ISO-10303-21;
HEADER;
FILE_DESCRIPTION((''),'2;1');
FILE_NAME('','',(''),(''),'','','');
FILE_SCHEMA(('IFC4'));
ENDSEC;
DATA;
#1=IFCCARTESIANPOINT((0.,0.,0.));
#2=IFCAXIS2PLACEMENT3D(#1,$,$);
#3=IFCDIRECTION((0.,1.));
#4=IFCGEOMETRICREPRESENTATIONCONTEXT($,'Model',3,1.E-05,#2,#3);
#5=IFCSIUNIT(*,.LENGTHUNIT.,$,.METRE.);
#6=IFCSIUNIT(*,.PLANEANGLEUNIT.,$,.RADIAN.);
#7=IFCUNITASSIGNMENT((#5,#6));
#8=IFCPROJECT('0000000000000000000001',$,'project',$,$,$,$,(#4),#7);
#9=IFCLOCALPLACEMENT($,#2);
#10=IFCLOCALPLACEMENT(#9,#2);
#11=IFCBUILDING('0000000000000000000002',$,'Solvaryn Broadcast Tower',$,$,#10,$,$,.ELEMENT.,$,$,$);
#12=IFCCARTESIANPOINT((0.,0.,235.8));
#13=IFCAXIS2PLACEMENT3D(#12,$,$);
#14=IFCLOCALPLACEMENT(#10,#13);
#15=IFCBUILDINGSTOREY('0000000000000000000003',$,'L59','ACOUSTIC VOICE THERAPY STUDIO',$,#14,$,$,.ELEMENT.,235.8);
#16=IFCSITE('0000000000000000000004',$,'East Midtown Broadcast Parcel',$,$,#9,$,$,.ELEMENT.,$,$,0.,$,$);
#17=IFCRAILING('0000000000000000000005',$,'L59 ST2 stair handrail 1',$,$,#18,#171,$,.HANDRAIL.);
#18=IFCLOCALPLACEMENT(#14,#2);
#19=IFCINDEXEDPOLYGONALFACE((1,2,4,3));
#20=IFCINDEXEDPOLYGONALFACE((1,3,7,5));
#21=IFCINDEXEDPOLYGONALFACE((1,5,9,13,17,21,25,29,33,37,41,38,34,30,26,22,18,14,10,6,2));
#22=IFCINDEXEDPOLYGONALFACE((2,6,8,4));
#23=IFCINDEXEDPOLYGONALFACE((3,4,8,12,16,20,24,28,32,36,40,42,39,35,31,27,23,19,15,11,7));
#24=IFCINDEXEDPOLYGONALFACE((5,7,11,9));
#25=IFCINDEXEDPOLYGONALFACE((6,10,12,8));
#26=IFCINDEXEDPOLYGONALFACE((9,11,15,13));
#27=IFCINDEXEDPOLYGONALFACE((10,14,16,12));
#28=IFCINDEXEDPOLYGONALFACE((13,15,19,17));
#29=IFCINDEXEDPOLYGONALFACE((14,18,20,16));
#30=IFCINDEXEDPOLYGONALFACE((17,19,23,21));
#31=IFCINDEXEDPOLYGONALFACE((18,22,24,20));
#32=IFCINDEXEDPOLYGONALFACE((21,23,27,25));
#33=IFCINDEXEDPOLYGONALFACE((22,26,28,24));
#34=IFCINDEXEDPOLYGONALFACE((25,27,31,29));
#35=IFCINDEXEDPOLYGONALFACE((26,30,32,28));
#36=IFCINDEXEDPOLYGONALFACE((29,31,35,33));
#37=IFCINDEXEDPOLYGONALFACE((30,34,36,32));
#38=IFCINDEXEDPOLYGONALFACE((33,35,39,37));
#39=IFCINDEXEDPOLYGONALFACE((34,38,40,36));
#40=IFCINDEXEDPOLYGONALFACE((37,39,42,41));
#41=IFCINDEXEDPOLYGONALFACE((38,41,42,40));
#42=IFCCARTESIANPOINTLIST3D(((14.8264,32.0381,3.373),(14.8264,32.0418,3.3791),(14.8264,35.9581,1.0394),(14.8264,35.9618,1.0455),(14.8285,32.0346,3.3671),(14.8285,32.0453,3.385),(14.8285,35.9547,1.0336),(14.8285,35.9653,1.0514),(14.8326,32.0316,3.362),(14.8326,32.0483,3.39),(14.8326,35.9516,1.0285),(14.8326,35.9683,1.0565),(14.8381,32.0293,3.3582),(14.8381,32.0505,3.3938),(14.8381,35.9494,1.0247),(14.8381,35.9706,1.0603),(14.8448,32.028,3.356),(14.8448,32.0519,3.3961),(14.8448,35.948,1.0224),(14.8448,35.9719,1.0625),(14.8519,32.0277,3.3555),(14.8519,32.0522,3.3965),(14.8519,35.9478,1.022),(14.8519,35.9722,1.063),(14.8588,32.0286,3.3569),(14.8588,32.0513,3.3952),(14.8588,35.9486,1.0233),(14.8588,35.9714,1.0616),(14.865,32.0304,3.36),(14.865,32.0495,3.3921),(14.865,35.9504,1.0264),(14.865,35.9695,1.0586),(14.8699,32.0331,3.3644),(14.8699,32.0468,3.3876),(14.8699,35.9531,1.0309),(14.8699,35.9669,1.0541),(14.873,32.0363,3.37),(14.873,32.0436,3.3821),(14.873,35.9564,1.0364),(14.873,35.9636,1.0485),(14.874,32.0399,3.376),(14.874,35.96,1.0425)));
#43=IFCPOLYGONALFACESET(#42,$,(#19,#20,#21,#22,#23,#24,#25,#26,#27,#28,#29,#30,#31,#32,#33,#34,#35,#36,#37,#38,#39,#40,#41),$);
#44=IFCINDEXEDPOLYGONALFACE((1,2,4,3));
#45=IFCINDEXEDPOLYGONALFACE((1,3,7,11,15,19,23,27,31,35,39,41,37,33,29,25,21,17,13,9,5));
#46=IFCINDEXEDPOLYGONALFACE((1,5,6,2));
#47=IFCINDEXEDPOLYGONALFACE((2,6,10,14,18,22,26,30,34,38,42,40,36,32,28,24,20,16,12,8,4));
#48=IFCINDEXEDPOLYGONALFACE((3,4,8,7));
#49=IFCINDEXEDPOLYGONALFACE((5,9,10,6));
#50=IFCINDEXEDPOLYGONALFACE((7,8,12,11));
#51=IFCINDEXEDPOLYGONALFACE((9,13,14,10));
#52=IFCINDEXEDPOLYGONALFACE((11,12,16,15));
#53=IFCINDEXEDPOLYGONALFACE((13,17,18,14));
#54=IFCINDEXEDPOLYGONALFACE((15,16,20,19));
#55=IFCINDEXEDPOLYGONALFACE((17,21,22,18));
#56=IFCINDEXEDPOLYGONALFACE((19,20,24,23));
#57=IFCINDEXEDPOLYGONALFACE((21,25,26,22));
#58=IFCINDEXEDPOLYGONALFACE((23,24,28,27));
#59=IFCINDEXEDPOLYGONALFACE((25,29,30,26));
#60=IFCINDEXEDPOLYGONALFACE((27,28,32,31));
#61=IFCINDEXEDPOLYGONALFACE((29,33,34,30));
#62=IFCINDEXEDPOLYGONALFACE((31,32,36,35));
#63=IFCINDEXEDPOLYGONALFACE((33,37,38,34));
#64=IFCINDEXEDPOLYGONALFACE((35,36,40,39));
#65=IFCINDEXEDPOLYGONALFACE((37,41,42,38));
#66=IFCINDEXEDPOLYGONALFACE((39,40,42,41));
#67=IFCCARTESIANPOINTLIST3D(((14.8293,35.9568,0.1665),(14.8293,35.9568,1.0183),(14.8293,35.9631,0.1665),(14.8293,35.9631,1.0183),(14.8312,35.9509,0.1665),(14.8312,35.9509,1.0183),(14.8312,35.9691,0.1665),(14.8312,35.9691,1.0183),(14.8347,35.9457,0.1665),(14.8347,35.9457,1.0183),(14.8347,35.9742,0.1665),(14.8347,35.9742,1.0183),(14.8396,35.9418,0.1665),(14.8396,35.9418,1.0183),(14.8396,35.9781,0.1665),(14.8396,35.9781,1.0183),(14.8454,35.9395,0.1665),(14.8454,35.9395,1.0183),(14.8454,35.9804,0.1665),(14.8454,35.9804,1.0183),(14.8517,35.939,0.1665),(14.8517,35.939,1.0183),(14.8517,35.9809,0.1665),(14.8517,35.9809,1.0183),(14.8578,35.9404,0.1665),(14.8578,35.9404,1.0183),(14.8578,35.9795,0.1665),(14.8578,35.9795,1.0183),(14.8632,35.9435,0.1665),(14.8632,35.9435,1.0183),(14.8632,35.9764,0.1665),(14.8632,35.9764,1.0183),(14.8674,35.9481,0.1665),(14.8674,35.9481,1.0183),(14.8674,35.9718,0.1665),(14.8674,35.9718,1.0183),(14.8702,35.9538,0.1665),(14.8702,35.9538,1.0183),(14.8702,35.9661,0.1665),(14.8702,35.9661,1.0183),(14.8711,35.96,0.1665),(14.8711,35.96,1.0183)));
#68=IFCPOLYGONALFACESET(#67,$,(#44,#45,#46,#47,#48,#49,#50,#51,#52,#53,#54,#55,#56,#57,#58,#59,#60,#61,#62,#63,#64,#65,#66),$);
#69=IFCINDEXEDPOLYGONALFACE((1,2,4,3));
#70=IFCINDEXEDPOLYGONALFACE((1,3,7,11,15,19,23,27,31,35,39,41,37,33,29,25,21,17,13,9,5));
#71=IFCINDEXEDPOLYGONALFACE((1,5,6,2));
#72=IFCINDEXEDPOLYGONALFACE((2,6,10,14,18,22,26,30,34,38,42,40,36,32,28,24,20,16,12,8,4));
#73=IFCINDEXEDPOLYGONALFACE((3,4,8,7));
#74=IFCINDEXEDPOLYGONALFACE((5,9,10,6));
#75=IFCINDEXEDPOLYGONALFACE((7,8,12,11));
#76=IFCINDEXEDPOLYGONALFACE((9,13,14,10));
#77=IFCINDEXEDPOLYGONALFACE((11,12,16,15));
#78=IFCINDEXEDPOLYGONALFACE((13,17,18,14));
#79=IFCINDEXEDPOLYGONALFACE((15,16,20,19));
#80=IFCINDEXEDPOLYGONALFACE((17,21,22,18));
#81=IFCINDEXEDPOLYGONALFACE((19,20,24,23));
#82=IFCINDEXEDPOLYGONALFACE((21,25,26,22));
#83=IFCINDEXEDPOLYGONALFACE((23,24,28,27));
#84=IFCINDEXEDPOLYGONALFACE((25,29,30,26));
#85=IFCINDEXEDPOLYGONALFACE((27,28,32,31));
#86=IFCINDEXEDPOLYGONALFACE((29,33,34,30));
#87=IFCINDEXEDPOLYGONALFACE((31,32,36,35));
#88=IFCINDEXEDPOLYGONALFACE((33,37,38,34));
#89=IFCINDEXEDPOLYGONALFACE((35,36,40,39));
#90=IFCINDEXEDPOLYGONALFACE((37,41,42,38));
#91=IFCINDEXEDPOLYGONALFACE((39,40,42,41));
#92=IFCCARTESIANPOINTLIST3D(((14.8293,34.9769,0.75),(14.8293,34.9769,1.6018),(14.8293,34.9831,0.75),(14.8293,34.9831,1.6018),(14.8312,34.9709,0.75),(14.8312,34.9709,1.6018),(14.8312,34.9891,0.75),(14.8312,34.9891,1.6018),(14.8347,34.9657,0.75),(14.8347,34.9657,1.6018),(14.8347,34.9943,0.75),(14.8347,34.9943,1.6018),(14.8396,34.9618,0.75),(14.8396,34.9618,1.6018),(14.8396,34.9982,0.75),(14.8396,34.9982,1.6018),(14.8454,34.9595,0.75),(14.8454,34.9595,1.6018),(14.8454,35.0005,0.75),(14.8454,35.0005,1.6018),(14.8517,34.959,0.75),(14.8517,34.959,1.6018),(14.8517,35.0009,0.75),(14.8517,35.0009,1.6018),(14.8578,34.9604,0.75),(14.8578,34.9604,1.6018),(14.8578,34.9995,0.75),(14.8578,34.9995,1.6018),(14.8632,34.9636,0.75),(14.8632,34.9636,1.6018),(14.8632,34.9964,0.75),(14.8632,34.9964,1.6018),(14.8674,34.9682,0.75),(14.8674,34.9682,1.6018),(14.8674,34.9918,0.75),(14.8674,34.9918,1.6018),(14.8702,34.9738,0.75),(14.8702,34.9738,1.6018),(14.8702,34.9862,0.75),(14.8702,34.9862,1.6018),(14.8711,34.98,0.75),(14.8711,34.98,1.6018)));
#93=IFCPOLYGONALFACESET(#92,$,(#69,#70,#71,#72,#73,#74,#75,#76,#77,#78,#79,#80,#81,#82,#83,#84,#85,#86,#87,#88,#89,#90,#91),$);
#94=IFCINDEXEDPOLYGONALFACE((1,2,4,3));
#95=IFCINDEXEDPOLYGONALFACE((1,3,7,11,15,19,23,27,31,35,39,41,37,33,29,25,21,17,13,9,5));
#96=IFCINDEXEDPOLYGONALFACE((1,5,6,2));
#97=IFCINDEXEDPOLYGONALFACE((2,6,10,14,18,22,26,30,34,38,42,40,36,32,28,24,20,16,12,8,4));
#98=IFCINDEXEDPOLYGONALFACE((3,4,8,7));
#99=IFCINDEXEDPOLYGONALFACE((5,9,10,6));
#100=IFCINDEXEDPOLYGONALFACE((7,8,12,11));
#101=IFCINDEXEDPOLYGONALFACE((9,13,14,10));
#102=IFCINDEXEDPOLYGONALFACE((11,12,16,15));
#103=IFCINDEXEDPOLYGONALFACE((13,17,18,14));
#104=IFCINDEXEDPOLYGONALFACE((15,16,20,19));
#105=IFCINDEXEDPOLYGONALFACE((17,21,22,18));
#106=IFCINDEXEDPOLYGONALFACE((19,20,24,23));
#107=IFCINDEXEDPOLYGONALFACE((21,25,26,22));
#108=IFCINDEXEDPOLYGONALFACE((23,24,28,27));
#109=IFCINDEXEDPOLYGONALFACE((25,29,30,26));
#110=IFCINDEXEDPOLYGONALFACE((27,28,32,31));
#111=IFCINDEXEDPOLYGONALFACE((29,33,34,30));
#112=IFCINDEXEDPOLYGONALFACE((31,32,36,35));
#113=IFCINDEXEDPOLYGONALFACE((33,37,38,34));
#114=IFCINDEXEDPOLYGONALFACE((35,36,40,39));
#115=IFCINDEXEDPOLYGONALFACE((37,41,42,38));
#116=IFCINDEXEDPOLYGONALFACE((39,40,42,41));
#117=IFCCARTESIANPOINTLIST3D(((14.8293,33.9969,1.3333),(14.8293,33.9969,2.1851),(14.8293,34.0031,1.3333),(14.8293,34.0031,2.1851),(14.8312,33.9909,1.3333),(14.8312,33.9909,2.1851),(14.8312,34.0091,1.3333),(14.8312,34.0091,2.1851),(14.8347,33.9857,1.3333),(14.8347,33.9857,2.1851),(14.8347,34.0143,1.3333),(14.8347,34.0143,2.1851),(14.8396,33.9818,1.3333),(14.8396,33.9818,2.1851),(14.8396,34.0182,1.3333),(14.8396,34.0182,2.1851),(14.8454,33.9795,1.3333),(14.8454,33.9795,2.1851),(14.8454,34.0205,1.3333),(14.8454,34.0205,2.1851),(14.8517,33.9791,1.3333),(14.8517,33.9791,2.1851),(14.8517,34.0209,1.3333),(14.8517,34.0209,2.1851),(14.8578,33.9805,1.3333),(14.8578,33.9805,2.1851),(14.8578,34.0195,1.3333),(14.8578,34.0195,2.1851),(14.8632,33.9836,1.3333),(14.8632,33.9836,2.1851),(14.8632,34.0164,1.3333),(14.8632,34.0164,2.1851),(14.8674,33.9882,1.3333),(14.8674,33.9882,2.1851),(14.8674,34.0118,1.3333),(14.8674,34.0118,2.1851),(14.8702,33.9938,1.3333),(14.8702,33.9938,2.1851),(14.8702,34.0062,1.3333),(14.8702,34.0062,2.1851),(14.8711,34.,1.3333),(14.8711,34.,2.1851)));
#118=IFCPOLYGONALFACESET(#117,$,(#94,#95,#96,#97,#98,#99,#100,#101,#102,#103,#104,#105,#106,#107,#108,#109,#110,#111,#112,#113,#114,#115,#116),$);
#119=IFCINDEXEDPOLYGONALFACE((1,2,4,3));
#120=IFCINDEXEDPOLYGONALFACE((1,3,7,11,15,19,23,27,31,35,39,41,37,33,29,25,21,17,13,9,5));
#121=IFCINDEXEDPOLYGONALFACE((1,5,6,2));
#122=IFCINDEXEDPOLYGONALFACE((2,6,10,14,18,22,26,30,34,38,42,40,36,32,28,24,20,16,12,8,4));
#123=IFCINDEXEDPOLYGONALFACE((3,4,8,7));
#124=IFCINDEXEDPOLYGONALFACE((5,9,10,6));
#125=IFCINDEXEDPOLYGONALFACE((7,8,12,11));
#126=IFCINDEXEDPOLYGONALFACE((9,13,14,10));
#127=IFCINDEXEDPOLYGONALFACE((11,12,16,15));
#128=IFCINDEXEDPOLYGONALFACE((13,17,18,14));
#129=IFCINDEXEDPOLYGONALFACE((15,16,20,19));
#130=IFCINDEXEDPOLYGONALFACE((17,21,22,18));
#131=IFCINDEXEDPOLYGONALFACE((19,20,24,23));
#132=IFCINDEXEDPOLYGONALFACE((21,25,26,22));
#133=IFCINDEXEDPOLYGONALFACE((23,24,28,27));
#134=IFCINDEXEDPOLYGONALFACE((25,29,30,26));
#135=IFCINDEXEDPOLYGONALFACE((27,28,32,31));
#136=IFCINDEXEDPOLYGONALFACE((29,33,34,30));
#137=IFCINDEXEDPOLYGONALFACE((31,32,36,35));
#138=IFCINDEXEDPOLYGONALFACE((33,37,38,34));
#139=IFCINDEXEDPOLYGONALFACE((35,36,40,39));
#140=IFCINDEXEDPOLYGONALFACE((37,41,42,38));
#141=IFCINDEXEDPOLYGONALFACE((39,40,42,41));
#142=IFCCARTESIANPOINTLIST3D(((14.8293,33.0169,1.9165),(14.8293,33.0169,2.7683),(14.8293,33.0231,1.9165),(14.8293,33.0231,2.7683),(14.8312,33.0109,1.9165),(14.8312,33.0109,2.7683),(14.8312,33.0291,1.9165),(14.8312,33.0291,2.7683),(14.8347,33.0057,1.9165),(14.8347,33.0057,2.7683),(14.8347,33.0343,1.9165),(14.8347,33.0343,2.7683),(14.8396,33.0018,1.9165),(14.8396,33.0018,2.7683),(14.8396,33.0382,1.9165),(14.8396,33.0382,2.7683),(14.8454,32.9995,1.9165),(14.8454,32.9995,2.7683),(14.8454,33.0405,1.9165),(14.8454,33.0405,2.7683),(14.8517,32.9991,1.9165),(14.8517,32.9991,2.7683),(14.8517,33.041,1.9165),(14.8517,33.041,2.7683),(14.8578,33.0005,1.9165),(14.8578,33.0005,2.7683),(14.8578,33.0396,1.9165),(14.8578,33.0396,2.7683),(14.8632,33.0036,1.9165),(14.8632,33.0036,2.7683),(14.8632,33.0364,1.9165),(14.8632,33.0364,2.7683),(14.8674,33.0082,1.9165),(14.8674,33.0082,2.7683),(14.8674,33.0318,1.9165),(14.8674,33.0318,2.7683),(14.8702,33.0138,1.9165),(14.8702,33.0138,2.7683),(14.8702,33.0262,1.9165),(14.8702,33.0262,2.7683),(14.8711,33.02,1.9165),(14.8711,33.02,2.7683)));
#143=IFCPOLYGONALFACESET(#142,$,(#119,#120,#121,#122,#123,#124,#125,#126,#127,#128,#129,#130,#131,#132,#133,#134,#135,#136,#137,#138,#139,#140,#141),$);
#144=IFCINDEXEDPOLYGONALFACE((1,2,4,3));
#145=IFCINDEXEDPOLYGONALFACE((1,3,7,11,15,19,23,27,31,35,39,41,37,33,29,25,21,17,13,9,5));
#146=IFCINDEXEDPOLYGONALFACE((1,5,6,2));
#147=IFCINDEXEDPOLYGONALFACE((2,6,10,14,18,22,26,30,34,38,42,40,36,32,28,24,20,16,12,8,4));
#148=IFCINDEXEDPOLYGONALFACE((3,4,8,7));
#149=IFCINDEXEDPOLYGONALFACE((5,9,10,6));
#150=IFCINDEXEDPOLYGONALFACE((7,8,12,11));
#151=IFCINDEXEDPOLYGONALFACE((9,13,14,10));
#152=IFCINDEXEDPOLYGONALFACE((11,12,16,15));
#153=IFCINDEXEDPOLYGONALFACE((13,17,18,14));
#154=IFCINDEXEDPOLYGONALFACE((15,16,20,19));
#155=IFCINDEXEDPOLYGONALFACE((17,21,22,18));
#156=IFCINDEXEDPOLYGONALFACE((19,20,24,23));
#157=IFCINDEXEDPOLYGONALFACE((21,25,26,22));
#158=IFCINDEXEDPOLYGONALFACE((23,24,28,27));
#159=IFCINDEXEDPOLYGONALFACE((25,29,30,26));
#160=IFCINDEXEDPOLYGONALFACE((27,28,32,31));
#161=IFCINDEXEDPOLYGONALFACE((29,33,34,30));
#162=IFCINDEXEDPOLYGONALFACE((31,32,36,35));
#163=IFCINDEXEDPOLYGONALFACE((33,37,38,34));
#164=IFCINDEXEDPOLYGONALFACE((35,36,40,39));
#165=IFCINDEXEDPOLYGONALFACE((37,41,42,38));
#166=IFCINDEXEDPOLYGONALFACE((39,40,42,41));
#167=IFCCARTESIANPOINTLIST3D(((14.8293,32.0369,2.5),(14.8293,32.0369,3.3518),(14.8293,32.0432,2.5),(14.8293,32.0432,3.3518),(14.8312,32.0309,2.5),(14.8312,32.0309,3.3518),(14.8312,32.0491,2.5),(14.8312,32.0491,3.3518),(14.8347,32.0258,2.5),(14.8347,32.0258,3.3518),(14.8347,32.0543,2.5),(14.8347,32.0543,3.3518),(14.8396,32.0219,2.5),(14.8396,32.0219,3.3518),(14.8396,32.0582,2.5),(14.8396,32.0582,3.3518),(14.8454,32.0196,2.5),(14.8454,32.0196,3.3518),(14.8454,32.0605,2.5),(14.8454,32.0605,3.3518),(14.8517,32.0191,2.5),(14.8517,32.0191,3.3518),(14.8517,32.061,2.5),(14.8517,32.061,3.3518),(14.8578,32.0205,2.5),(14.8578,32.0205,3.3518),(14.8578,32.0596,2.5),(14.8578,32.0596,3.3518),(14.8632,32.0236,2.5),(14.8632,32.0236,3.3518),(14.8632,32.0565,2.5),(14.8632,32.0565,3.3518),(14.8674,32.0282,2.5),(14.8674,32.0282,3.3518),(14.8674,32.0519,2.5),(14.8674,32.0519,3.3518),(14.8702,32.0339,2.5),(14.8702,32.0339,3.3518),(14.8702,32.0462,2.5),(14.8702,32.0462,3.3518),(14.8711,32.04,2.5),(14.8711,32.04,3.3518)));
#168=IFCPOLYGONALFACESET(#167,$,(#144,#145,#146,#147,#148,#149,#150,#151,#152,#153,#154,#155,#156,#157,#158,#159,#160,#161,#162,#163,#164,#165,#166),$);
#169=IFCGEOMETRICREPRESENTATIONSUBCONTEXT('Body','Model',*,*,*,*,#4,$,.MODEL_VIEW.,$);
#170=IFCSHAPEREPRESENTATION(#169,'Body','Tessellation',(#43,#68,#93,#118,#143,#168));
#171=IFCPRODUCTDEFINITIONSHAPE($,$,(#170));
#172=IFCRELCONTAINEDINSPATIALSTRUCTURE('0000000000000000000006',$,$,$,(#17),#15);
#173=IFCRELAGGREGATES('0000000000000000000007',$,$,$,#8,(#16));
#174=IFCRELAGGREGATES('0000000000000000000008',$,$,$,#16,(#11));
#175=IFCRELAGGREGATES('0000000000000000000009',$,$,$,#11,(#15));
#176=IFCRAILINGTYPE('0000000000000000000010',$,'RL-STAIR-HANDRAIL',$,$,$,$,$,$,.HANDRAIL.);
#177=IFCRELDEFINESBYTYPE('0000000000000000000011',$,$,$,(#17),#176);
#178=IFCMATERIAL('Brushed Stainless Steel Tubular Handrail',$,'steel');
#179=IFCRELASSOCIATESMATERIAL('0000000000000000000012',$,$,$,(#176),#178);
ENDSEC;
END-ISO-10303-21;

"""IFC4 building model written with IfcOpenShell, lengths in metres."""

from ifc_helpers import new_model, si_unit, direction, frame, origin, origin_2d, place, context, subcontext, project, spatial, circle, extrude, material, type_object, element, save


model = new_model("IFC4")

# Units and contexts
model_context = context("Model", 3, precision=1e-05, world=origin(), true_north=direction((0.0, 1.0)))
body_context = subcontext(model_context, "Body", "Model", "MODEL_VIEW")
ifc_project = project(units=[si_unit("LENGTHUNIT", "METRE"), si_unit("PLANEANGLEUNIT", "RADIAN")], contexts=[model_context])

# Site, building, storey
site_placement = place(None, origin())
site = spatial("IfcSite", under=ifc_project, at=site_placement, Name="East Midtown Broadcast Parcel", CompositionType="ELEMENT", RefElevation=0.0)
building_placement = place(site_placement, origin())
building = spatial("IfcBuilding", under=site, at=building_placement, Name="Solvaryn Broadcast Tower", CompositionType="ELEMENT")
storey_placement = place(building_placement, frame((0.0, 0.0, 235.8)))
storey = spatial("IfcBuildingStorey", under=building, at=storey_placement, Name="L59", Description="ACOUSTIC VOICE THERAPY STUDIO", CompositionType="ELEMENT", Elevation=235.8)

# Railing
ifc_material_1 = material(Name="Brushed Stainless Steel Tubular Handrail", Category="steel")
railing_type_1 = type_object("IfcRailingType", Name="RL-STAIR-HANDRAIL", PredefinedType="HANDRAIL", material=ifc_material_1)
railing_1_placement = place(storey_placement, frame((14.8501, 35.96, 0.1665)))
element("IfcRailing", 1, at=railing_1_placement, inside=storey, type_object=railing_type_1, Name="L59 ST2 stair handrail 1", PredefinedType="HANDRAIL", context=body_context, shape_type="SweptSolid", body=[
    extrude(circle(Radius=0.0239, at=origin_2d()), frame((0.0, 0.0, 0.876), z_axis=(0.0, -0.859273, 0.511518), x_axis=(1.0, 0.0, 0.0)), (0.0, 0.0, 1.0), 4.562),
    extrude(circle(Radius=0.021, at=origin_2d()), origin(), (0.0, 0.0, 1.0), 0.8518),
    extrude(circle(Radius=0.021, at=origin_2d()), frame((0.0, -0.98, 0.5835)), (0.0, 0.0, 1.0), 0.8518),
    extrude(circle(Radius=0.021, at=origin_2d()), frame((0.0, -1.96, 1.1667)), (0.0, 0.0, 1.0), 0.8518),
    extrude(circle(Radius=0.021, at=origin_2d()), frame((0.0, -2.9399, 1.75)), (0.0, 0.0, 1.0), 0.8518),
    extrude(circle(Radius=0.021, at=origin_2d()), frame((0.0, -3.9199, 2.3335)), (0.0, 0.0, 1.0), 0.8518),
])

save(model, "model.ifc")
